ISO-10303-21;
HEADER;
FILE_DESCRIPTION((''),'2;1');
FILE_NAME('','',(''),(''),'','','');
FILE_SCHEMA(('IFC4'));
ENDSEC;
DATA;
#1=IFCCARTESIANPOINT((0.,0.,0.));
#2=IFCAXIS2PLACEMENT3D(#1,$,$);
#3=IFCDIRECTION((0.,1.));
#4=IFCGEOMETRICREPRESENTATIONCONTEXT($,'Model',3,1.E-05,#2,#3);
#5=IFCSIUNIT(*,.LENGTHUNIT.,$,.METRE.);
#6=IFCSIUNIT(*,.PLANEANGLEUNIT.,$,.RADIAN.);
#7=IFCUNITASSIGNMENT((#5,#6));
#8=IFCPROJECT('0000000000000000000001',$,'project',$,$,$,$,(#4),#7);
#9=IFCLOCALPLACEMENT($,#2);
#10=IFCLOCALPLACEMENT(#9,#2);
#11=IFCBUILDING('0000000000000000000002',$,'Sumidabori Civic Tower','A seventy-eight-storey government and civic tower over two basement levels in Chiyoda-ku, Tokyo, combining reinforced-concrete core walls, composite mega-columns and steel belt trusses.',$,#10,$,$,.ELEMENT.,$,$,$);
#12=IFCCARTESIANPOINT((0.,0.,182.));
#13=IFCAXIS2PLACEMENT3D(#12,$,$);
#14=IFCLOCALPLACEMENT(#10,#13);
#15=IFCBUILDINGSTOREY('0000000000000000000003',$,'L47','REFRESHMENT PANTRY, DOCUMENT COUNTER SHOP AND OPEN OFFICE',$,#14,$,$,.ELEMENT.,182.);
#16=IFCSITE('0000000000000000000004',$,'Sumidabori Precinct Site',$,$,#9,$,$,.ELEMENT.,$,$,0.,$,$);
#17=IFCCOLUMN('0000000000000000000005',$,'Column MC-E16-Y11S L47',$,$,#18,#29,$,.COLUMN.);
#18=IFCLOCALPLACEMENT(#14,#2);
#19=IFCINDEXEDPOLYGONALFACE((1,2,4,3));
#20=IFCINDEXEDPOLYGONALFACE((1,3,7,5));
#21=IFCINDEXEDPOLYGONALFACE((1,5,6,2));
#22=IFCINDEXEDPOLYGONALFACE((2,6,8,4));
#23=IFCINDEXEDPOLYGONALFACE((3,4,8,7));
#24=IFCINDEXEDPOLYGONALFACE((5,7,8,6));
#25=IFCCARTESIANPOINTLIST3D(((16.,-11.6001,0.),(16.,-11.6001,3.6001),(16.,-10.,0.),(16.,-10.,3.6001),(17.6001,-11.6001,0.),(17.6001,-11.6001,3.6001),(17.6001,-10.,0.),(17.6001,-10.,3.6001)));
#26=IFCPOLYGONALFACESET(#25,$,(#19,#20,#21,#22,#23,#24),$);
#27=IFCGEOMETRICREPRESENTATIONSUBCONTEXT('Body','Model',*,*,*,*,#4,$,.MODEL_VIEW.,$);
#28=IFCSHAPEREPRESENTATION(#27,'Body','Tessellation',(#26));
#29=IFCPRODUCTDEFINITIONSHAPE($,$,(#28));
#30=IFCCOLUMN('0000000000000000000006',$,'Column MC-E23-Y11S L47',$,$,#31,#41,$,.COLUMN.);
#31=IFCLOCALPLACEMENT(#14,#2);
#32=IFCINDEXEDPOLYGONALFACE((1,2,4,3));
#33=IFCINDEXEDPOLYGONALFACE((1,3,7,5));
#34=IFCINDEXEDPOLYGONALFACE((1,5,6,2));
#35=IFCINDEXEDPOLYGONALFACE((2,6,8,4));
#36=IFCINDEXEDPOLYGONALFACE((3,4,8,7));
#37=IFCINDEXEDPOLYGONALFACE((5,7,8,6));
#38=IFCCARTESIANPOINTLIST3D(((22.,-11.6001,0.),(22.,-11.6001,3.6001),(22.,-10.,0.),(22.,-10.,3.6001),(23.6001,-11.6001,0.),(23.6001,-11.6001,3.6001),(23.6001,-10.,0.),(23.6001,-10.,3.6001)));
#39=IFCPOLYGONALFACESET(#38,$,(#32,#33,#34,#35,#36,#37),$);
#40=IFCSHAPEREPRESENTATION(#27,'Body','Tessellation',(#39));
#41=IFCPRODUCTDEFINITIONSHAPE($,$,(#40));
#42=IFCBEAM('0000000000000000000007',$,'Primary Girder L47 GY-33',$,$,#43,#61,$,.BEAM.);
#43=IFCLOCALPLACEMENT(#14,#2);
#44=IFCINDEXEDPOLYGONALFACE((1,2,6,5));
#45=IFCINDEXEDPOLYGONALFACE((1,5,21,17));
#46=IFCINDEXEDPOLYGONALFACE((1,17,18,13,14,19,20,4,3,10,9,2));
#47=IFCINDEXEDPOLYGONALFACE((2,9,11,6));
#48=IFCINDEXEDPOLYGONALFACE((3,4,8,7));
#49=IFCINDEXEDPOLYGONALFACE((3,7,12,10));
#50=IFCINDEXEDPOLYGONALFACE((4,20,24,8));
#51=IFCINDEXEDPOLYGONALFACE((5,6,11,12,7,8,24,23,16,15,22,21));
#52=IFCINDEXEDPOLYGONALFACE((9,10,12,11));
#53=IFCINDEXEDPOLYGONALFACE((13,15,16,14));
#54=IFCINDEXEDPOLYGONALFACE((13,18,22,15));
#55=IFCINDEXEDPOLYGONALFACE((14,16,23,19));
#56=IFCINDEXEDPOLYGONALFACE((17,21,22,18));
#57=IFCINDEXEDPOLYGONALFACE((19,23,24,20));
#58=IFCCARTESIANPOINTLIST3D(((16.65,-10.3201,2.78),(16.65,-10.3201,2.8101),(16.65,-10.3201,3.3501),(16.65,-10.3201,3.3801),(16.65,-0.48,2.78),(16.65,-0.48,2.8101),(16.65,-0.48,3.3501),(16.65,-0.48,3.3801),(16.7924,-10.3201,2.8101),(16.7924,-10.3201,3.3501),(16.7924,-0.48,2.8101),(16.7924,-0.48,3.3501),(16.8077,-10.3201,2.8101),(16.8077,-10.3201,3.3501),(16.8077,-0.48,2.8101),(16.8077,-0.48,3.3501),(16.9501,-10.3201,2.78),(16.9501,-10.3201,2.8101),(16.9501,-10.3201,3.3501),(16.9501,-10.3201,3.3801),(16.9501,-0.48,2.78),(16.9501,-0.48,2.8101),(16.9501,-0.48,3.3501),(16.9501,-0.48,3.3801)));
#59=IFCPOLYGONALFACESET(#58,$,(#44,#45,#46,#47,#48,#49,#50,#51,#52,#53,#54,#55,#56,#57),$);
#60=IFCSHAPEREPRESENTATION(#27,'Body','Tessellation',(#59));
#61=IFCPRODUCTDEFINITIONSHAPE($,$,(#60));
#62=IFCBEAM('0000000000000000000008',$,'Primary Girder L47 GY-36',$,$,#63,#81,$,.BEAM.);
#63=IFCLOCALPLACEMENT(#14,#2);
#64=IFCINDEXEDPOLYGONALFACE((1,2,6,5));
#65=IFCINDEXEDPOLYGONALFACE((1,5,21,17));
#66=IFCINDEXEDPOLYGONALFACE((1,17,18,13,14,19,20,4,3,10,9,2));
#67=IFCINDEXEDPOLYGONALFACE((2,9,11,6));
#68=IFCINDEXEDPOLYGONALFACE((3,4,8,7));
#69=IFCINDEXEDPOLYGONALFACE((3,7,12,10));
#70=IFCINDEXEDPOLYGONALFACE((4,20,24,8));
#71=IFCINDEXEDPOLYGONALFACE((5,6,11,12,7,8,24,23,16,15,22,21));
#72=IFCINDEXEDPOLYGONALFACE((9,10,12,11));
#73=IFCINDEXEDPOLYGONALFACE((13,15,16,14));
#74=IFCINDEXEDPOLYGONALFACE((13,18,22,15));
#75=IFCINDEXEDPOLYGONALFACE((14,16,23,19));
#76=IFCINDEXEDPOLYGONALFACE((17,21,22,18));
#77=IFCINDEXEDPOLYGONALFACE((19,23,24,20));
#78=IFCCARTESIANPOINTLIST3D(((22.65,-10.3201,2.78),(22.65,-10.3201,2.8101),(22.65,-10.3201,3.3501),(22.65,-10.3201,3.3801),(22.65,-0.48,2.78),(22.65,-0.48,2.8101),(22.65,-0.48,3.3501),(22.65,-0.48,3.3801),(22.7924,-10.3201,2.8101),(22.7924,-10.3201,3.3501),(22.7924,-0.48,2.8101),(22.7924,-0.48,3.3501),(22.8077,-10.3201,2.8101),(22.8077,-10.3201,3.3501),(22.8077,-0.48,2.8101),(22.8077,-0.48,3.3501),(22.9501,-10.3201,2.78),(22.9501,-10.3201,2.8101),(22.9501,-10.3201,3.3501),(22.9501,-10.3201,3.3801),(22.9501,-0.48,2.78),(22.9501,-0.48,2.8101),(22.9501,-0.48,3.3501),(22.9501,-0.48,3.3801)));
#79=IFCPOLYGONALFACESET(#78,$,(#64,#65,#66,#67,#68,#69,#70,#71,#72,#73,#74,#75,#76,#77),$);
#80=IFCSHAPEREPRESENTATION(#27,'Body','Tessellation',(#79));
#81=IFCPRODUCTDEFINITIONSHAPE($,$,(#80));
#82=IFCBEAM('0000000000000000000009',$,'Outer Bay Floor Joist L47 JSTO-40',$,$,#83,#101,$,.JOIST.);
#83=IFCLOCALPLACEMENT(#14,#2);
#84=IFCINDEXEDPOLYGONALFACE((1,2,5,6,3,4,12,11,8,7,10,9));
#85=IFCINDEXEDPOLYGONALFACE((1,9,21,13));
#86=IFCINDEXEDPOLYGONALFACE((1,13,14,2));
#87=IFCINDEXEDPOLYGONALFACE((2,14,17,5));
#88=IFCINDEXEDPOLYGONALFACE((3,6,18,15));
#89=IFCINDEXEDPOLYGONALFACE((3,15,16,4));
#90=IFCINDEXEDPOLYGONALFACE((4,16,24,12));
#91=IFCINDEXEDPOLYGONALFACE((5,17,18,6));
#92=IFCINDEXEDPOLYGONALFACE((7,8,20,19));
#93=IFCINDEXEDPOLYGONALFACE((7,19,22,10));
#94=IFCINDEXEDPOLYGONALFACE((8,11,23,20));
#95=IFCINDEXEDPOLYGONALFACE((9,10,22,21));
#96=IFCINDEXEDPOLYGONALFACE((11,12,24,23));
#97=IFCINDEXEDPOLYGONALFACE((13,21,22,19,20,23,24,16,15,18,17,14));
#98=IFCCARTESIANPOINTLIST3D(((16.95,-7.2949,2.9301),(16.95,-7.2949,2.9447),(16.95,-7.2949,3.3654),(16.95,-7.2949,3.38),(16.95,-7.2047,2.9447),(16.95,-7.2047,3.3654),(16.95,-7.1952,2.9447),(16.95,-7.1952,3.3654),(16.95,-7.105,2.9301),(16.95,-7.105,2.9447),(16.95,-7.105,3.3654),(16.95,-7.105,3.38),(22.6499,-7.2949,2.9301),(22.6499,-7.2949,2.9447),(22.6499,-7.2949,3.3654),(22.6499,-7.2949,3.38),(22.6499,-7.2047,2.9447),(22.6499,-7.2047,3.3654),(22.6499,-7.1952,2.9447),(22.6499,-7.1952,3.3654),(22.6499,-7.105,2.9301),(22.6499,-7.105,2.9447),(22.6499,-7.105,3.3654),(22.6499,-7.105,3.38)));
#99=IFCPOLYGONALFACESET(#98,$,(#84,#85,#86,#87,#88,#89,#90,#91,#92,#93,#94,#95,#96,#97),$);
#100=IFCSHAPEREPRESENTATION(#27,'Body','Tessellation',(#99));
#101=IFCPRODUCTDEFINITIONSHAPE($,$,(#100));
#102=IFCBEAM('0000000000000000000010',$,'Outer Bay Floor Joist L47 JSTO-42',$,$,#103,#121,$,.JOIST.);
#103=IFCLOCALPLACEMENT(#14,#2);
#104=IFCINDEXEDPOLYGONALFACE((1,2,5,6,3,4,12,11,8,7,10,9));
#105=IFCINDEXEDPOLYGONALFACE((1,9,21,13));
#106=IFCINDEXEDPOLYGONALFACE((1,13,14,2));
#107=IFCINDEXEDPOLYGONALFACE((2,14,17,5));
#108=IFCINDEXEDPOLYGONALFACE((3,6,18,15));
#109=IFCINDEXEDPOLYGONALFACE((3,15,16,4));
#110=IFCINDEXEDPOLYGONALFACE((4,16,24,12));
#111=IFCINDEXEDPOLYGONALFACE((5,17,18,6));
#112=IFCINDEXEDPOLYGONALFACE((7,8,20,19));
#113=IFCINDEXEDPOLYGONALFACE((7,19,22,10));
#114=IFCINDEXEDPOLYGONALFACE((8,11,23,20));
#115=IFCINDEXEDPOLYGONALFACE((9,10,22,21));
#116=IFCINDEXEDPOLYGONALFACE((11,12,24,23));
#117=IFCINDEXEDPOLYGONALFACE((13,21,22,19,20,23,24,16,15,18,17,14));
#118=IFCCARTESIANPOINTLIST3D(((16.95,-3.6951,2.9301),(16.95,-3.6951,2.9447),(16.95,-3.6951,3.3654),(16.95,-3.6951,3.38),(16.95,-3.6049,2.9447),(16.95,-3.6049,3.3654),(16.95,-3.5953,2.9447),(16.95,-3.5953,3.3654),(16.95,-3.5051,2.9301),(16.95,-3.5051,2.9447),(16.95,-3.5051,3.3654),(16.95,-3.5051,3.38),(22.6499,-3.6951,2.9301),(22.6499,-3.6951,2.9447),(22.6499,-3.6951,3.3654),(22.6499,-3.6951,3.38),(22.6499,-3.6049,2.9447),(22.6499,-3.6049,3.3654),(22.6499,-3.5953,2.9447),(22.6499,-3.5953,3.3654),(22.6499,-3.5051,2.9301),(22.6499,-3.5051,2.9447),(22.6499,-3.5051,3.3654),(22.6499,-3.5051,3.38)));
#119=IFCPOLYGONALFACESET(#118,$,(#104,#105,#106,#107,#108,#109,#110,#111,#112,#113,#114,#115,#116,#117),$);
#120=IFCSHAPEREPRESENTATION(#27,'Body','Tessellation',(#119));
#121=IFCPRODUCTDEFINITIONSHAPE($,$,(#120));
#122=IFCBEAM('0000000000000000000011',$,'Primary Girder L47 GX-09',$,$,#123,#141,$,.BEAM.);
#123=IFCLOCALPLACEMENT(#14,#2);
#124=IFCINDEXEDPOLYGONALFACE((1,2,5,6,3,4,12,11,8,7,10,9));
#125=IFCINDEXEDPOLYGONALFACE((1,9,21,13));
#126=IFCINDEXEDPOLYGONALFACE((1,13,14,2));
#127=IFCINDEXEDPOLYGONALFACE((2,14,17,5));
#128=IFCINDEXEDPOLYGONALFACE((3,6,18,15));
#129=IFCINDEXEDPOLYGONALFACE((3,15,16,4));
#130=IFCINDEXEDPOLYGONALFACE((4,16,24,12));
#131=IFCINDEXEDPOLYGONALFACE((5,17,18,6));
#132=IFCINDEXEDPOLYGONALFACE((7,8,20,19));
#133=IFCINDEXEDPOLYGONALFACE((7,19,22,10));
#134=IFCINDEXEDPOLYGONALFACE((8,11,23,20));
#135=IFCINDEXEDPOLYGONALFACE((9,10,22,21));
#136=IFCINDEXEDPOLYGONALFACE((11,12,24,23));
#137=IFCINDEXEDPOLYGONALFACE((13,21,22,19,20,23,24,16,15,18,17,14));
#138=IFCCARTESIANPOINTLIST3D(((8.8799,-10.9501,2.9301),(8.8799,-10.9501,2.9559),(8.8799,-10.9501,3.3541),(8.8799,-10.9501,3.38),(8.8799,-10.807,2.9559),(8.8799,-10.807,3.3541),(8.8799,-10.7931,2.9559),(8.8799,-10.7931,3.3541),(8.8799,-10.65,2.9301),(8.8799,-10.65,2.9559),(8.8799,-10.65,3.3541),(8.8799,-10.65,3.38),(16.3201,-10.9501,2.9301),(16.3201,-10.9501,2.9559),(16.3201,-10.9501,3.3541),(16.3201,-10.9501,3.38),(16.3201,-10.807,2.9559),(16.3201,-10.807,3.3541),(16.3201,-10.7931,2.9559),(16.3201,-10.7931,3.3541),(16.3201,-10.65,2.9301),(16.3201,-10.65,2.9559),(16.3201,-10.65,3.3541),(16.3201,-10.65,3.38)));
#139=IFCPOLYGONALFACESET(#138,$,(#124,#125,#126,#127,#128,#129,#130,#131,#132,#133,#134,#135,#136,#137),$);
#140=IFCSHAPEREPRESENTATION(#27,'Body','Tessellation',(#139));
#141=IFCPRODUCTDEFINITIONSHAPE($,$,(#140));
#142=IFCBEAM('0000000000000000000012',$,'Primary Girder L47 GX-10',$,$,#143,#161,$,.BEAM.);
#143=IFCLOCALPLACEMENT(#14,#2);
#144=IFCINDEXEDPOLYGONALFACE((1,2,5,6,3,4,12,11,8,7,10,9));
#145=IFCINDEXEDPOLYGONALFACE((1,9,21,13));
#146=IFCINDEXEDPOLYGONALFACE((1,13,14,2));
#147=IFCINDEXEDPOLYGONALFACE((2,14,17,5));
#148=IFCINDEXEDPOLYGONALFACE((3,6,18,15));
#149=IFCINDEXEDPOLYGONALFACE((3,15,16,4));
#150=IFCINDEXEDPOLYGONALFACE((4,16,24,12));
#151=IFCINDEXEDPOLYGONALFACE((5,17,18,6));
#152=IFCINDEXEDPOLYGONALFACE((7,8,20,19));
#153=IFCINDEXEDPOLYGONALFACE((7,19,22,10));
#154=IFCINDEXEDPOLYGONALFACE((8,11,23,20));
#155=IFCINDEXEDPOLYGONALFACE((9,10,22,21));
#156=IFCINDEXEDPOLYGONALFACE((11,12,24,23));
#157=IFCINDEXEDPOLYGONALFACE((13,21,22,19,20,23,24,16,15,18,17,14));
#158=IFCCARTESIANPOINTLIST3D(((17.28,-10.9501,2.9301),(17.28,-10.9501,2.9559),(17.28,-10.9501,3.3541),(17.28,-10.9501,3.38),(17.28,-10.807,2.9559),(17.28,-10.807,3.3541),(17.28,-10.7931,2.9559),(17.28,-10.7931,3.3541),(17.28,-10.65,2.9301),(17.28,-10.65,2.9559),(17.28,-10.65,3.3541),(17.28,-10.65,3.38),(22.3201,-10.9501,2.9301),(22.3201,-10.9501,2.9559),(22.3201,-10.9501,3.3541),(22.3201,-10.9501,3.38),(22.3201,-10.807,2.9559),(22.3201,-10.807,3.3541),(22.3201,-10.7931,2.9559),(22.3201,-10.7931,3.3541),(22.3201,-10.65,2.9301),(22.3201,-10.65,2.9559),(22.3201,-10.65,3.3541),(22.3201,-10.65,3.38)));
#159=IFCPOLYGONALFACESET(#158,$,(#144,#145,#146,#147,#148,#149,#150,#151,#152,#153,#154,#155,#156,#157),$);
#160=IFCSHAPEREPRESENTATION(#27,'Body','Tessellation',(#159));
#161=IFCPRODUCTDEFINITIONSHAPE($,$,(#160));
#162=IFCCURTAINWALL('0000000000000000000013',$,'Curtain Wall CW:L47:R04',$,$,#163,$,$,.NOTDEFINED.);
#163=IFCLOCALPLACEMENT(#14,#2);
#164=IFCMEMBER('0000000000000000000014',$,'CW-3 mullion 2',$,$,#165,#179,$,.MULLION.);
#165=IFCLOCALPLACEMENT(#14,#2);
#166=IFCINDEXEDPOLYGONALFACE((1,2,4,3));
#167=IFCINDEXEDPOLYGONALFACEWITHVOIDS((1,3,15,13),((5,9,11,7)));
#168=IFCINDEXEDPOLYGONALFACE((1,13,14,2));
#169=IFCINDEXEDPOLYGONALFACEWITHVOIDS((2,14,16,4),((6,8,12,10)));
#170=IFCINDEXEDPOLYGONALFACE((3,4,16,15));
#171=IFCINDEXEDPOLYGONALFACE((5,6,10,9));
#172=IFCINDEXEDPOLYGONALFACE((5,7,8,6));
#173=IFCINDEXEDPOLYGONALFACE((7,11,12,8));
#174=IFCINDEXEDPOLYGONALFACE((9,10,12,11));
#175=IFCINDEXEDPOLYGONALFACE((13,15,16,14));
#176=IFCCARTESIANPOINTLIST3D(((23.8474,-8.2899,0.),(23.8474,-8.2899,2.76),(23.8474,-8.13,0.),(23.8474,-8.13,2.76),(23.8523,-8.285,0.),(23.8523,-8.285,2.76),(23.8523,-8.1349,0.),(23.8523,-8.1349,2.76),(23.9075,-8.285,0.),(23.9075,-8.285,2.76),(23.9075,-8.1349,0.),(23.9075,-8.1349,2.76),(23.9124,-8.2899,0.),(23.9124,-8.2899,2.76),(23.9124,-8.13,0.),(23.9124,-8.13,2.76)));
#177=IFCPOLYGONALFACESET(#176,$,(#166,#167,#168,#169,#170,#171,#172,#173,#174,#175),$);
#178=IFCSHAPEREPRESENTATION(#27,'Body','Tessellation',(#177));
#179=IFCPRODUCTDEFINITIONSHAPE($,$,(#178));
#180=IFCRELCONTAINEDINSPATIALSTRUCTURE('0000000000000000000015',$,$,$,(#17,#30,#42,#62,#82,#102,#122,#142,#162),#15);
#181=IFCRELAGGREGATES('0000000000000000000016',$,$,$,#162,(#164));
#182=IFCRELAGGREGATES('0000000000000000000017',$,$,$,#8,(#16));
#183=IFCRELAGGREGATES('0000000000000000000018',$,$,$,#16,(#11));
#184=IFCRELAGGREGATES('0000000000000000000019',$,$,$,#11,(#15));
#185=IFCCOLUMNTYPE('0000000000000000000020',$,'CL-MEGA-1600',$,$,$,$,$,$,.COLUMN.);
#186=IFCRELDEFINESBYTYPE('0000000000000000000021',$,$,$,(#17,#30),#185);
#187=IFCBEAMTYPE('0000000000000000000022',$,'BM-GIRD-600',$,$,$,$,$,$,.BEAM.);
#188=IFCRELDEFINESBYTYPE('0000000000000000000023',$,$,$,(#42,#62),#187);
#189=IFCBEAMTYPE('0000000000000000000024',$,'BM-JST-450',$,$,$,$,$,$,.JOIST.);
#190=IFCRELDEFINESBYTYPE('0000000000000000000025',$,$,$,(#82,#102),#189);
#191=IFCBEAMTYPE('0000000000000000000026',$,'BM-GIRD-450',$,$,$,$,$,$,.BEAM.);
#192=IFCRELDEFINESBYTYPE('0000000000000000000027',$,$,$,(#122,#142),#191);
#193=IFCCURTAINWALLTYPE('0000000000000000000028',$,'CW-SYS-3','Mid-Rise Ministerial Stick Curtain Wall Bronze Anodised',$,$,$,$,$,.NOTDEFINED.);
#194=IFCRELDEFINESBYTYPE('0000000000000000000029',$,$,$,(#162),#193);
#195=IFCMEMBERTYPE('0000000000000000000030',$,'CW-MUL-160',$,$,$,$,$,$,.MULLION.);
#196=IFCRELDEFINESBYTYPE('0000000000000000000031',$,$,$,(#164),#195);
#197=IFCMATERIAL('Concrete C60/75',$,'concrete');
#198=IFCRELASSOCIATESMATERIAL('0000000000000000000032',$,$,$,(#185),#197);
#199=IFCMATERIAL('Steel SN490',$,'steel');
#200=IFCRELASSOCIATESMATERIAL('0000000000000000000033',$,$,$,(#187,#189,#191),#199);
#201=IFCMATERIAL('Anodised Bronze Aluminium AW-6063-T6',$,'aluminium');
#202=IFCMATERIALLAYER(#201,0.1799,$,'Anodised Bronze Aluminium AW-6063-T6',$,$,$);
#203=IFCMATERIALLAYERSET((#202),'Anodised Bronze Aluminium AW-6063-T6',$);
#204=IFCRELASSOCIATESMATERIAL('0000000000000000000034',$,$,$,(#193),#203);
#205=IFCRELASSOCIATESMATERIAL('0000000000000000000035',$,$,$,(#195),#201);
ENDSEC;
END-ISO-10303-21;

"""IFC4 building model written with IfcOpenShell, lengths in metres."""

from ifc_helpers import new_model, si_unit, direction, frame, origin, origin_2d, place, context, subcontext, project, spatial, rectangle, hollow_rectangle, i_section, extrude, source, transform, mapped, material, layer, layer_set, material_profile, profile_set, type_object, element, aggregate, save


model = new_model("IFC4")

# Units and contexts
model_context = context("Model", 3, precision=1e-05, world=origin(), true_north=direction((0.0, 1.0)))
body_context = subcontext(model_context, "Body", "Model", "MODEL_VIEW")
ifc_project = project(units=[si_unit("LENGTHUNIT", "METRE"), si_unit("PLANEANGLEUNIT", "RADIAN")], contexts=[model_context])

# Site, building, storey
site_placement = place(None, origin())
site = spatial("IfcSite", under=ifc_project, at=site_placement, Name="Sumidabori Precinct Site", CompositionType="ELEMENT", RefElevation=0.0)
building_placement = place(site_placement, origin())
building = spatial("IfcBuilding", under=site, at=building_placement, Name="Sumidabori Civic Tower", Description="A seventy-eight-storey government and civic tower over two basement levels in Chiyoda-ku, Tokyo, combining reinforced-concrete core walls, composite mega-columns and steel belt trusses.", CompositionType="ELEMENT")
storey_placement = place(building_placement, frame((0.0, 0.0, 182.0)))
storey = spatial("IfcBuildingStorey", under=building, at=storey_placement, Name="L47", Description="REFRESHMENT PANTRY, DOCUMENT COUNTER SHOP AND OPEN OFFICE", CompositionType="ELEMENT", Elevation=182.0)

# Columns
ifc_material_1 = material(Name="Concrete C60/75", Category="concrete")
ifc_material_profile_1 = material_profile(ifc_material_1, rectangle(XDim=1.6001, YDim=1.6001, at=origin_2d()), Name="RC 1600x1600")
ifc_profile_set_1 = profile_set([ifc_material_profile_1], Name="Concrete C60/75")
column_type = type_object("IfcColumnType", Name="CL-MEGA-1600", PredefinedType="COLUMN", material=ifc_profile_set_1)
shared_shape_1 = source(origin(), body_context, "Body", "SweptSolid", [
    extrude(rectangle(XDim=1.6001, YDim=1.6001, at=origin_2d()), origin(), (0.0, 0.0, 1.0), 3.6001),
])
for number, where, z_axis, x_axis, name in (
    (1, (16.8, -10.8, 0.0), (0.0, 0.0, 1.0), (1.0, 0.0, 0.0), "Column MC-E16-Y11S L47"),
    (2, (22.8, -10.8, 0.0), (0.0, 0.0, 1.0), (1.0, 0.0, 0.0), "Column MC-E23-Y11S L47"),
):
    element("IfcColumn", number, at=place(storey_placement, frame(where, z_axis=z_axis, x_axis=x_axis)), inside=storey, type_object=column_type, Name=name, PredefinedType="COLUMN", context=body_context, shape_type="MappedRepresentation", body=[
        mapped(shared_shape_1, transform((0.0, 0.0, 0.0), x_axis=(1.0, 0.0, 0.0), y_axis=(0.0, 1.0, 0.0), z_axis=(0.0, 0.0, 1.0), scale=1.0)),
    ])

# Beams
ifc_material_2 = material(Name="Steel SN490", Category="steel")
ifc_material_profile_2 = material_profile(ifc_material_2, i_section(OverallWidth=0.3, OverallDepth=0.6001, WebThickness=0.0154, FlangeThickness=0.03, at=origin_2d()), Name="HE 600 B")
ifc_profile_set_2 = profile_set([ifc_material_profile_2], Name="Steel SN490")
beam_type_1 = type_object("IfcBeamType", Name="BM-GIRD-600", PredefinedType="BEAM", material=ifc_profile_set_2)
shared_shape_2 = source(origin(), body_context, "Body", "SweptSolid", [
    extrude(i_section(OverallWidth=0.3, OverallDepth=0.6001, WebThickness=0.0154, FlangeThickness=0.03, at=origin_2d()), origin(), (0.0, 0.0, 1.0), 9.8401),
])
for number, where, z_axis, x_axis, name in (
    (3, (16.8, -10.3201, 3.0801), (0.0, 1.0, 0.0), (-1.0, 0.0, 0.0), "Primary Girder L47 GY-33"),
    (4, (22.8, -10.3201, 3.0801), (0.0, 1.0, 0.0), (-1.0, 0.0, 0.0), "Primary Girder L47 GY-36"),
):
    element("IfcBeam", number, at=place(storey_placement, frame(where, z_axis=z_axis, x_axis=x_axis)), inside=storey, type_object=beam_type_1, Name=name, PredefinedType="BEAM", context=body_context, shape_type="MappedRepresentation", body=[
        mapped(shared_shape_2, transform((0.0, 0.0, 0.0), x_axis=(1.0, 0.0, 0.0), y_axis=(0.0, 1.0, 0.0), z_axis=(0.0, 0.0, 1.0), scale=1.0)),
    ])
ifc_material_profile_3 = material_profile(ifc_material_2, i_section(OverallWidth=0.1899, OverallDepth=0.45, WebThickness=0.0095, FlangeThickness=0.0146, at=origin_2d()), Name="IPE 450")
ifc_profile_set_3 = profile_set([ifc_material_profile_3], Name="Steel SN490")
beam_type_2 = type_object("IfcBeamType", Name="BM-JST-450", PredefinedType="JOIST", material=ifc_profile_set_3)
shared_shape_3 = source(origin(), body_context, "Body", "SweptSolid", [
    extrude(i_section(OverallWidth=0.1899, OverallDepth=0.45, WebThickness=0.0095, FlangeThickness=0.0146, at=origin_2d()), origin(), (0.0, 0.0, 1.0), 5.7),
])
for number, where, z_axis, x_axis, name in (
    (5, (16.95, -7.2, 3.155), (1.0, 0.0, 0.0), (0.0, 1.0, 0.0), "Outer Bay Floor Joist L47 JSTO-40"),
    (6, (16.95, -3.6001, 3.155), (1.0, 0.0, 0.0), (0.0, 1.0, 0.0), "Outer Bay Floor Joist L47 JSTO-42"),
):
    element("IfcBeam", number, at=place(storey_placement, frame(where, z_axis=z_axis, x_axis=x_axis)), inside=storey, type_object=beam_type_2, Name=name, PredefinedType="JOIST", context=body_context, shape_type="MappedRepresentation", body=[
        mapped(shared_shape_3, transform((0.0, 0.0, 0.0), x_axis=(1.0, 0.0, 0.0), y_axis=(0.0, 1.0, 0.0), z_axis=(0.0, 0.0, 1.0), scale=1.0)),
    ])
ifc_material_profile_4 = material_profile(ifc_material_2, i_section(OverallWidth=0.3, OverallDepth=0.45, WebThickness=0.0139, FlangeThickness=0.0259, at=origin_2d()), Name="HE 450 B")
ifc_profile_set_4 = profile_set([ifc_material_profile_4], Name="Steel SN490")
beam_type_3 = type_object("IfcBeamType", Name="BM-GIRD-450", PredefinedType="BEAM", material=ifc_profile_set_4)
shared_shape_4 = source(origin(), body_context, "Body", "SweptSolid", [
    extrude(i_section(OverallWidth=0.3, OverallDepth=0.45, WebThickness=0.0139, FlangeThickness=0.0259, at=origin_2d()), origin(), (0.0, 0.0, 1.0), 7.4402),
])
beam_1_placement = place(storey_placement, frame((8.8799, -10.8, 3.155), z_axis=(1.0, 0.0, 0.0), x_axis=(0.0, 1.0, 0.0)))
element("IfcBeam", 7, at=beam_1_placement, inside=storey, type_object=beam_type_3, Name="Primary Girder L47 GX-09", PredefinedType="BEAM", context=body_context, shape_type="MappedRepresentation", body=[
    mapped(shared_shape_4, transform((0.0, 0.0, 0.0), x_axis=(1.0, 0.0, 0.0), y_axis=(0.0, 1.0, 0.0), z_axis=(0.0, 0.0, 1.0), scale=1.0)),
])
shared_shape_5 = source(origin(), body_context, "Body", "SweptSolid", [
    extrude(i_section(OverallWidth=0.3, OverallDepth=0.45, WebThickness=0.0139, FlangeThickness=0.0259, at=origin_2d()), origin(), (0.0, 0.0, 1.0), 5.04),
])
beam_2_placement = place(storey_placement, frame((17.28, -10.8, 3.155), z_axis=(1.0, 0.0, 0.0), x_axis=(0.0, 1.0, 0.0)))
element("IfcBeam", 8, at=beam_2_placement, inside=storey, type_object=beam_type_3, Name="Primary Girder L47 GX-10", PredefinedType="BEAM", context=body_context, shape_type="MappedRepresentation", body=[
    mapped(shared_shape_5, transform((0.0, 0.0, 0.0), x_axis=(1.0, 0.0, 0.0), y_axis=(0.0, 1.0, 0.0), z_axis=(0.0, 0.0, 1.0), scale=1.0)),
])

# Curtain wall, member
ifc_material_3 = material(Name="Anodised Bronze Aluminium AW-6063-T6", Category="aluminium")
ifc_layer_1 = layer(ifc_material_3, 0.1799, Name="Anodised Bronze Aluminium AW-6063-T6")
ifc_layer_set_1 = layer_set([ifc_layer_1], Name="Anodised Bronze Aluminium AW-6063-T6")
curtain_wall_type = type_object("IfcCurtainWallType", Name="CW-SYS-3", Description="Mid-Rise Ministerial Stick Curtain Wall Bronze Anodised", PredefinedType="NOTDEFINED", material=ifc_layer_set_1)
curtain_wall_placement = place(storey_placement, origin())
curtain_wall = element("IfcCurtainWall", 9, at=curtain_wall_placement, inside=storey, type_object=curtain_wall_type, Name="Curtain Wall CW:L47:R04", PredefinedType="NOTDEFINED")
ifc_material_profile_5 = material_profile(ifc_material_3, hollow_rectangle(XDim=0.0649, YDim=0.1599, WallThickness=0.0049, at=origin_2d()), Name="ALU MULLION 160x65")
ifc_profile_set_5 = profile_set([ifc_material_profile_5], Name="Anodised Bronze Aluminium AW-6063-T6")
member_type_1 = type_object("IfcMemberType", Name="CW-MUL-160", PredefinedType="MULLION", material=ifc_profile_set_5)
shared_shape_6 = source(origin(), body_context, "Body", "SweptSolid", [
    extrude(hollow_rectangle(XDim=0.0649, YDim=0.1599, WallThickness=0.0049, at=origin_2d()), origin(), (0.0, 0.0, 1.0), 2.76),
])
member_1_placement = place(storey_placement, frame((23.8799, -8.21, 0.0), z_axis=(0.0, 0.0, 1.0), x_axis=(-1.0, 0.0, 0.0)))
member_1 = element("IfcMember", 10, at=member_1_placement, type_object=member_type_1, Name="CW-3 mullion 2", PredefinedType="MULLION", context=body_context, shape_type="MappedRepresentation", body=[
    mapped(shared_shape_6, transform((0.0, 0.0, 0.0), x_axis=(1.0, 0.0, 0.0), y_axis=(0.0, 1.0, 0.0), z_axis=(0.0, 0.0, 1.0), scale=1.0)),
])
aggregate(curtain_wall, [member_1])

save(model, "model.ifc")
